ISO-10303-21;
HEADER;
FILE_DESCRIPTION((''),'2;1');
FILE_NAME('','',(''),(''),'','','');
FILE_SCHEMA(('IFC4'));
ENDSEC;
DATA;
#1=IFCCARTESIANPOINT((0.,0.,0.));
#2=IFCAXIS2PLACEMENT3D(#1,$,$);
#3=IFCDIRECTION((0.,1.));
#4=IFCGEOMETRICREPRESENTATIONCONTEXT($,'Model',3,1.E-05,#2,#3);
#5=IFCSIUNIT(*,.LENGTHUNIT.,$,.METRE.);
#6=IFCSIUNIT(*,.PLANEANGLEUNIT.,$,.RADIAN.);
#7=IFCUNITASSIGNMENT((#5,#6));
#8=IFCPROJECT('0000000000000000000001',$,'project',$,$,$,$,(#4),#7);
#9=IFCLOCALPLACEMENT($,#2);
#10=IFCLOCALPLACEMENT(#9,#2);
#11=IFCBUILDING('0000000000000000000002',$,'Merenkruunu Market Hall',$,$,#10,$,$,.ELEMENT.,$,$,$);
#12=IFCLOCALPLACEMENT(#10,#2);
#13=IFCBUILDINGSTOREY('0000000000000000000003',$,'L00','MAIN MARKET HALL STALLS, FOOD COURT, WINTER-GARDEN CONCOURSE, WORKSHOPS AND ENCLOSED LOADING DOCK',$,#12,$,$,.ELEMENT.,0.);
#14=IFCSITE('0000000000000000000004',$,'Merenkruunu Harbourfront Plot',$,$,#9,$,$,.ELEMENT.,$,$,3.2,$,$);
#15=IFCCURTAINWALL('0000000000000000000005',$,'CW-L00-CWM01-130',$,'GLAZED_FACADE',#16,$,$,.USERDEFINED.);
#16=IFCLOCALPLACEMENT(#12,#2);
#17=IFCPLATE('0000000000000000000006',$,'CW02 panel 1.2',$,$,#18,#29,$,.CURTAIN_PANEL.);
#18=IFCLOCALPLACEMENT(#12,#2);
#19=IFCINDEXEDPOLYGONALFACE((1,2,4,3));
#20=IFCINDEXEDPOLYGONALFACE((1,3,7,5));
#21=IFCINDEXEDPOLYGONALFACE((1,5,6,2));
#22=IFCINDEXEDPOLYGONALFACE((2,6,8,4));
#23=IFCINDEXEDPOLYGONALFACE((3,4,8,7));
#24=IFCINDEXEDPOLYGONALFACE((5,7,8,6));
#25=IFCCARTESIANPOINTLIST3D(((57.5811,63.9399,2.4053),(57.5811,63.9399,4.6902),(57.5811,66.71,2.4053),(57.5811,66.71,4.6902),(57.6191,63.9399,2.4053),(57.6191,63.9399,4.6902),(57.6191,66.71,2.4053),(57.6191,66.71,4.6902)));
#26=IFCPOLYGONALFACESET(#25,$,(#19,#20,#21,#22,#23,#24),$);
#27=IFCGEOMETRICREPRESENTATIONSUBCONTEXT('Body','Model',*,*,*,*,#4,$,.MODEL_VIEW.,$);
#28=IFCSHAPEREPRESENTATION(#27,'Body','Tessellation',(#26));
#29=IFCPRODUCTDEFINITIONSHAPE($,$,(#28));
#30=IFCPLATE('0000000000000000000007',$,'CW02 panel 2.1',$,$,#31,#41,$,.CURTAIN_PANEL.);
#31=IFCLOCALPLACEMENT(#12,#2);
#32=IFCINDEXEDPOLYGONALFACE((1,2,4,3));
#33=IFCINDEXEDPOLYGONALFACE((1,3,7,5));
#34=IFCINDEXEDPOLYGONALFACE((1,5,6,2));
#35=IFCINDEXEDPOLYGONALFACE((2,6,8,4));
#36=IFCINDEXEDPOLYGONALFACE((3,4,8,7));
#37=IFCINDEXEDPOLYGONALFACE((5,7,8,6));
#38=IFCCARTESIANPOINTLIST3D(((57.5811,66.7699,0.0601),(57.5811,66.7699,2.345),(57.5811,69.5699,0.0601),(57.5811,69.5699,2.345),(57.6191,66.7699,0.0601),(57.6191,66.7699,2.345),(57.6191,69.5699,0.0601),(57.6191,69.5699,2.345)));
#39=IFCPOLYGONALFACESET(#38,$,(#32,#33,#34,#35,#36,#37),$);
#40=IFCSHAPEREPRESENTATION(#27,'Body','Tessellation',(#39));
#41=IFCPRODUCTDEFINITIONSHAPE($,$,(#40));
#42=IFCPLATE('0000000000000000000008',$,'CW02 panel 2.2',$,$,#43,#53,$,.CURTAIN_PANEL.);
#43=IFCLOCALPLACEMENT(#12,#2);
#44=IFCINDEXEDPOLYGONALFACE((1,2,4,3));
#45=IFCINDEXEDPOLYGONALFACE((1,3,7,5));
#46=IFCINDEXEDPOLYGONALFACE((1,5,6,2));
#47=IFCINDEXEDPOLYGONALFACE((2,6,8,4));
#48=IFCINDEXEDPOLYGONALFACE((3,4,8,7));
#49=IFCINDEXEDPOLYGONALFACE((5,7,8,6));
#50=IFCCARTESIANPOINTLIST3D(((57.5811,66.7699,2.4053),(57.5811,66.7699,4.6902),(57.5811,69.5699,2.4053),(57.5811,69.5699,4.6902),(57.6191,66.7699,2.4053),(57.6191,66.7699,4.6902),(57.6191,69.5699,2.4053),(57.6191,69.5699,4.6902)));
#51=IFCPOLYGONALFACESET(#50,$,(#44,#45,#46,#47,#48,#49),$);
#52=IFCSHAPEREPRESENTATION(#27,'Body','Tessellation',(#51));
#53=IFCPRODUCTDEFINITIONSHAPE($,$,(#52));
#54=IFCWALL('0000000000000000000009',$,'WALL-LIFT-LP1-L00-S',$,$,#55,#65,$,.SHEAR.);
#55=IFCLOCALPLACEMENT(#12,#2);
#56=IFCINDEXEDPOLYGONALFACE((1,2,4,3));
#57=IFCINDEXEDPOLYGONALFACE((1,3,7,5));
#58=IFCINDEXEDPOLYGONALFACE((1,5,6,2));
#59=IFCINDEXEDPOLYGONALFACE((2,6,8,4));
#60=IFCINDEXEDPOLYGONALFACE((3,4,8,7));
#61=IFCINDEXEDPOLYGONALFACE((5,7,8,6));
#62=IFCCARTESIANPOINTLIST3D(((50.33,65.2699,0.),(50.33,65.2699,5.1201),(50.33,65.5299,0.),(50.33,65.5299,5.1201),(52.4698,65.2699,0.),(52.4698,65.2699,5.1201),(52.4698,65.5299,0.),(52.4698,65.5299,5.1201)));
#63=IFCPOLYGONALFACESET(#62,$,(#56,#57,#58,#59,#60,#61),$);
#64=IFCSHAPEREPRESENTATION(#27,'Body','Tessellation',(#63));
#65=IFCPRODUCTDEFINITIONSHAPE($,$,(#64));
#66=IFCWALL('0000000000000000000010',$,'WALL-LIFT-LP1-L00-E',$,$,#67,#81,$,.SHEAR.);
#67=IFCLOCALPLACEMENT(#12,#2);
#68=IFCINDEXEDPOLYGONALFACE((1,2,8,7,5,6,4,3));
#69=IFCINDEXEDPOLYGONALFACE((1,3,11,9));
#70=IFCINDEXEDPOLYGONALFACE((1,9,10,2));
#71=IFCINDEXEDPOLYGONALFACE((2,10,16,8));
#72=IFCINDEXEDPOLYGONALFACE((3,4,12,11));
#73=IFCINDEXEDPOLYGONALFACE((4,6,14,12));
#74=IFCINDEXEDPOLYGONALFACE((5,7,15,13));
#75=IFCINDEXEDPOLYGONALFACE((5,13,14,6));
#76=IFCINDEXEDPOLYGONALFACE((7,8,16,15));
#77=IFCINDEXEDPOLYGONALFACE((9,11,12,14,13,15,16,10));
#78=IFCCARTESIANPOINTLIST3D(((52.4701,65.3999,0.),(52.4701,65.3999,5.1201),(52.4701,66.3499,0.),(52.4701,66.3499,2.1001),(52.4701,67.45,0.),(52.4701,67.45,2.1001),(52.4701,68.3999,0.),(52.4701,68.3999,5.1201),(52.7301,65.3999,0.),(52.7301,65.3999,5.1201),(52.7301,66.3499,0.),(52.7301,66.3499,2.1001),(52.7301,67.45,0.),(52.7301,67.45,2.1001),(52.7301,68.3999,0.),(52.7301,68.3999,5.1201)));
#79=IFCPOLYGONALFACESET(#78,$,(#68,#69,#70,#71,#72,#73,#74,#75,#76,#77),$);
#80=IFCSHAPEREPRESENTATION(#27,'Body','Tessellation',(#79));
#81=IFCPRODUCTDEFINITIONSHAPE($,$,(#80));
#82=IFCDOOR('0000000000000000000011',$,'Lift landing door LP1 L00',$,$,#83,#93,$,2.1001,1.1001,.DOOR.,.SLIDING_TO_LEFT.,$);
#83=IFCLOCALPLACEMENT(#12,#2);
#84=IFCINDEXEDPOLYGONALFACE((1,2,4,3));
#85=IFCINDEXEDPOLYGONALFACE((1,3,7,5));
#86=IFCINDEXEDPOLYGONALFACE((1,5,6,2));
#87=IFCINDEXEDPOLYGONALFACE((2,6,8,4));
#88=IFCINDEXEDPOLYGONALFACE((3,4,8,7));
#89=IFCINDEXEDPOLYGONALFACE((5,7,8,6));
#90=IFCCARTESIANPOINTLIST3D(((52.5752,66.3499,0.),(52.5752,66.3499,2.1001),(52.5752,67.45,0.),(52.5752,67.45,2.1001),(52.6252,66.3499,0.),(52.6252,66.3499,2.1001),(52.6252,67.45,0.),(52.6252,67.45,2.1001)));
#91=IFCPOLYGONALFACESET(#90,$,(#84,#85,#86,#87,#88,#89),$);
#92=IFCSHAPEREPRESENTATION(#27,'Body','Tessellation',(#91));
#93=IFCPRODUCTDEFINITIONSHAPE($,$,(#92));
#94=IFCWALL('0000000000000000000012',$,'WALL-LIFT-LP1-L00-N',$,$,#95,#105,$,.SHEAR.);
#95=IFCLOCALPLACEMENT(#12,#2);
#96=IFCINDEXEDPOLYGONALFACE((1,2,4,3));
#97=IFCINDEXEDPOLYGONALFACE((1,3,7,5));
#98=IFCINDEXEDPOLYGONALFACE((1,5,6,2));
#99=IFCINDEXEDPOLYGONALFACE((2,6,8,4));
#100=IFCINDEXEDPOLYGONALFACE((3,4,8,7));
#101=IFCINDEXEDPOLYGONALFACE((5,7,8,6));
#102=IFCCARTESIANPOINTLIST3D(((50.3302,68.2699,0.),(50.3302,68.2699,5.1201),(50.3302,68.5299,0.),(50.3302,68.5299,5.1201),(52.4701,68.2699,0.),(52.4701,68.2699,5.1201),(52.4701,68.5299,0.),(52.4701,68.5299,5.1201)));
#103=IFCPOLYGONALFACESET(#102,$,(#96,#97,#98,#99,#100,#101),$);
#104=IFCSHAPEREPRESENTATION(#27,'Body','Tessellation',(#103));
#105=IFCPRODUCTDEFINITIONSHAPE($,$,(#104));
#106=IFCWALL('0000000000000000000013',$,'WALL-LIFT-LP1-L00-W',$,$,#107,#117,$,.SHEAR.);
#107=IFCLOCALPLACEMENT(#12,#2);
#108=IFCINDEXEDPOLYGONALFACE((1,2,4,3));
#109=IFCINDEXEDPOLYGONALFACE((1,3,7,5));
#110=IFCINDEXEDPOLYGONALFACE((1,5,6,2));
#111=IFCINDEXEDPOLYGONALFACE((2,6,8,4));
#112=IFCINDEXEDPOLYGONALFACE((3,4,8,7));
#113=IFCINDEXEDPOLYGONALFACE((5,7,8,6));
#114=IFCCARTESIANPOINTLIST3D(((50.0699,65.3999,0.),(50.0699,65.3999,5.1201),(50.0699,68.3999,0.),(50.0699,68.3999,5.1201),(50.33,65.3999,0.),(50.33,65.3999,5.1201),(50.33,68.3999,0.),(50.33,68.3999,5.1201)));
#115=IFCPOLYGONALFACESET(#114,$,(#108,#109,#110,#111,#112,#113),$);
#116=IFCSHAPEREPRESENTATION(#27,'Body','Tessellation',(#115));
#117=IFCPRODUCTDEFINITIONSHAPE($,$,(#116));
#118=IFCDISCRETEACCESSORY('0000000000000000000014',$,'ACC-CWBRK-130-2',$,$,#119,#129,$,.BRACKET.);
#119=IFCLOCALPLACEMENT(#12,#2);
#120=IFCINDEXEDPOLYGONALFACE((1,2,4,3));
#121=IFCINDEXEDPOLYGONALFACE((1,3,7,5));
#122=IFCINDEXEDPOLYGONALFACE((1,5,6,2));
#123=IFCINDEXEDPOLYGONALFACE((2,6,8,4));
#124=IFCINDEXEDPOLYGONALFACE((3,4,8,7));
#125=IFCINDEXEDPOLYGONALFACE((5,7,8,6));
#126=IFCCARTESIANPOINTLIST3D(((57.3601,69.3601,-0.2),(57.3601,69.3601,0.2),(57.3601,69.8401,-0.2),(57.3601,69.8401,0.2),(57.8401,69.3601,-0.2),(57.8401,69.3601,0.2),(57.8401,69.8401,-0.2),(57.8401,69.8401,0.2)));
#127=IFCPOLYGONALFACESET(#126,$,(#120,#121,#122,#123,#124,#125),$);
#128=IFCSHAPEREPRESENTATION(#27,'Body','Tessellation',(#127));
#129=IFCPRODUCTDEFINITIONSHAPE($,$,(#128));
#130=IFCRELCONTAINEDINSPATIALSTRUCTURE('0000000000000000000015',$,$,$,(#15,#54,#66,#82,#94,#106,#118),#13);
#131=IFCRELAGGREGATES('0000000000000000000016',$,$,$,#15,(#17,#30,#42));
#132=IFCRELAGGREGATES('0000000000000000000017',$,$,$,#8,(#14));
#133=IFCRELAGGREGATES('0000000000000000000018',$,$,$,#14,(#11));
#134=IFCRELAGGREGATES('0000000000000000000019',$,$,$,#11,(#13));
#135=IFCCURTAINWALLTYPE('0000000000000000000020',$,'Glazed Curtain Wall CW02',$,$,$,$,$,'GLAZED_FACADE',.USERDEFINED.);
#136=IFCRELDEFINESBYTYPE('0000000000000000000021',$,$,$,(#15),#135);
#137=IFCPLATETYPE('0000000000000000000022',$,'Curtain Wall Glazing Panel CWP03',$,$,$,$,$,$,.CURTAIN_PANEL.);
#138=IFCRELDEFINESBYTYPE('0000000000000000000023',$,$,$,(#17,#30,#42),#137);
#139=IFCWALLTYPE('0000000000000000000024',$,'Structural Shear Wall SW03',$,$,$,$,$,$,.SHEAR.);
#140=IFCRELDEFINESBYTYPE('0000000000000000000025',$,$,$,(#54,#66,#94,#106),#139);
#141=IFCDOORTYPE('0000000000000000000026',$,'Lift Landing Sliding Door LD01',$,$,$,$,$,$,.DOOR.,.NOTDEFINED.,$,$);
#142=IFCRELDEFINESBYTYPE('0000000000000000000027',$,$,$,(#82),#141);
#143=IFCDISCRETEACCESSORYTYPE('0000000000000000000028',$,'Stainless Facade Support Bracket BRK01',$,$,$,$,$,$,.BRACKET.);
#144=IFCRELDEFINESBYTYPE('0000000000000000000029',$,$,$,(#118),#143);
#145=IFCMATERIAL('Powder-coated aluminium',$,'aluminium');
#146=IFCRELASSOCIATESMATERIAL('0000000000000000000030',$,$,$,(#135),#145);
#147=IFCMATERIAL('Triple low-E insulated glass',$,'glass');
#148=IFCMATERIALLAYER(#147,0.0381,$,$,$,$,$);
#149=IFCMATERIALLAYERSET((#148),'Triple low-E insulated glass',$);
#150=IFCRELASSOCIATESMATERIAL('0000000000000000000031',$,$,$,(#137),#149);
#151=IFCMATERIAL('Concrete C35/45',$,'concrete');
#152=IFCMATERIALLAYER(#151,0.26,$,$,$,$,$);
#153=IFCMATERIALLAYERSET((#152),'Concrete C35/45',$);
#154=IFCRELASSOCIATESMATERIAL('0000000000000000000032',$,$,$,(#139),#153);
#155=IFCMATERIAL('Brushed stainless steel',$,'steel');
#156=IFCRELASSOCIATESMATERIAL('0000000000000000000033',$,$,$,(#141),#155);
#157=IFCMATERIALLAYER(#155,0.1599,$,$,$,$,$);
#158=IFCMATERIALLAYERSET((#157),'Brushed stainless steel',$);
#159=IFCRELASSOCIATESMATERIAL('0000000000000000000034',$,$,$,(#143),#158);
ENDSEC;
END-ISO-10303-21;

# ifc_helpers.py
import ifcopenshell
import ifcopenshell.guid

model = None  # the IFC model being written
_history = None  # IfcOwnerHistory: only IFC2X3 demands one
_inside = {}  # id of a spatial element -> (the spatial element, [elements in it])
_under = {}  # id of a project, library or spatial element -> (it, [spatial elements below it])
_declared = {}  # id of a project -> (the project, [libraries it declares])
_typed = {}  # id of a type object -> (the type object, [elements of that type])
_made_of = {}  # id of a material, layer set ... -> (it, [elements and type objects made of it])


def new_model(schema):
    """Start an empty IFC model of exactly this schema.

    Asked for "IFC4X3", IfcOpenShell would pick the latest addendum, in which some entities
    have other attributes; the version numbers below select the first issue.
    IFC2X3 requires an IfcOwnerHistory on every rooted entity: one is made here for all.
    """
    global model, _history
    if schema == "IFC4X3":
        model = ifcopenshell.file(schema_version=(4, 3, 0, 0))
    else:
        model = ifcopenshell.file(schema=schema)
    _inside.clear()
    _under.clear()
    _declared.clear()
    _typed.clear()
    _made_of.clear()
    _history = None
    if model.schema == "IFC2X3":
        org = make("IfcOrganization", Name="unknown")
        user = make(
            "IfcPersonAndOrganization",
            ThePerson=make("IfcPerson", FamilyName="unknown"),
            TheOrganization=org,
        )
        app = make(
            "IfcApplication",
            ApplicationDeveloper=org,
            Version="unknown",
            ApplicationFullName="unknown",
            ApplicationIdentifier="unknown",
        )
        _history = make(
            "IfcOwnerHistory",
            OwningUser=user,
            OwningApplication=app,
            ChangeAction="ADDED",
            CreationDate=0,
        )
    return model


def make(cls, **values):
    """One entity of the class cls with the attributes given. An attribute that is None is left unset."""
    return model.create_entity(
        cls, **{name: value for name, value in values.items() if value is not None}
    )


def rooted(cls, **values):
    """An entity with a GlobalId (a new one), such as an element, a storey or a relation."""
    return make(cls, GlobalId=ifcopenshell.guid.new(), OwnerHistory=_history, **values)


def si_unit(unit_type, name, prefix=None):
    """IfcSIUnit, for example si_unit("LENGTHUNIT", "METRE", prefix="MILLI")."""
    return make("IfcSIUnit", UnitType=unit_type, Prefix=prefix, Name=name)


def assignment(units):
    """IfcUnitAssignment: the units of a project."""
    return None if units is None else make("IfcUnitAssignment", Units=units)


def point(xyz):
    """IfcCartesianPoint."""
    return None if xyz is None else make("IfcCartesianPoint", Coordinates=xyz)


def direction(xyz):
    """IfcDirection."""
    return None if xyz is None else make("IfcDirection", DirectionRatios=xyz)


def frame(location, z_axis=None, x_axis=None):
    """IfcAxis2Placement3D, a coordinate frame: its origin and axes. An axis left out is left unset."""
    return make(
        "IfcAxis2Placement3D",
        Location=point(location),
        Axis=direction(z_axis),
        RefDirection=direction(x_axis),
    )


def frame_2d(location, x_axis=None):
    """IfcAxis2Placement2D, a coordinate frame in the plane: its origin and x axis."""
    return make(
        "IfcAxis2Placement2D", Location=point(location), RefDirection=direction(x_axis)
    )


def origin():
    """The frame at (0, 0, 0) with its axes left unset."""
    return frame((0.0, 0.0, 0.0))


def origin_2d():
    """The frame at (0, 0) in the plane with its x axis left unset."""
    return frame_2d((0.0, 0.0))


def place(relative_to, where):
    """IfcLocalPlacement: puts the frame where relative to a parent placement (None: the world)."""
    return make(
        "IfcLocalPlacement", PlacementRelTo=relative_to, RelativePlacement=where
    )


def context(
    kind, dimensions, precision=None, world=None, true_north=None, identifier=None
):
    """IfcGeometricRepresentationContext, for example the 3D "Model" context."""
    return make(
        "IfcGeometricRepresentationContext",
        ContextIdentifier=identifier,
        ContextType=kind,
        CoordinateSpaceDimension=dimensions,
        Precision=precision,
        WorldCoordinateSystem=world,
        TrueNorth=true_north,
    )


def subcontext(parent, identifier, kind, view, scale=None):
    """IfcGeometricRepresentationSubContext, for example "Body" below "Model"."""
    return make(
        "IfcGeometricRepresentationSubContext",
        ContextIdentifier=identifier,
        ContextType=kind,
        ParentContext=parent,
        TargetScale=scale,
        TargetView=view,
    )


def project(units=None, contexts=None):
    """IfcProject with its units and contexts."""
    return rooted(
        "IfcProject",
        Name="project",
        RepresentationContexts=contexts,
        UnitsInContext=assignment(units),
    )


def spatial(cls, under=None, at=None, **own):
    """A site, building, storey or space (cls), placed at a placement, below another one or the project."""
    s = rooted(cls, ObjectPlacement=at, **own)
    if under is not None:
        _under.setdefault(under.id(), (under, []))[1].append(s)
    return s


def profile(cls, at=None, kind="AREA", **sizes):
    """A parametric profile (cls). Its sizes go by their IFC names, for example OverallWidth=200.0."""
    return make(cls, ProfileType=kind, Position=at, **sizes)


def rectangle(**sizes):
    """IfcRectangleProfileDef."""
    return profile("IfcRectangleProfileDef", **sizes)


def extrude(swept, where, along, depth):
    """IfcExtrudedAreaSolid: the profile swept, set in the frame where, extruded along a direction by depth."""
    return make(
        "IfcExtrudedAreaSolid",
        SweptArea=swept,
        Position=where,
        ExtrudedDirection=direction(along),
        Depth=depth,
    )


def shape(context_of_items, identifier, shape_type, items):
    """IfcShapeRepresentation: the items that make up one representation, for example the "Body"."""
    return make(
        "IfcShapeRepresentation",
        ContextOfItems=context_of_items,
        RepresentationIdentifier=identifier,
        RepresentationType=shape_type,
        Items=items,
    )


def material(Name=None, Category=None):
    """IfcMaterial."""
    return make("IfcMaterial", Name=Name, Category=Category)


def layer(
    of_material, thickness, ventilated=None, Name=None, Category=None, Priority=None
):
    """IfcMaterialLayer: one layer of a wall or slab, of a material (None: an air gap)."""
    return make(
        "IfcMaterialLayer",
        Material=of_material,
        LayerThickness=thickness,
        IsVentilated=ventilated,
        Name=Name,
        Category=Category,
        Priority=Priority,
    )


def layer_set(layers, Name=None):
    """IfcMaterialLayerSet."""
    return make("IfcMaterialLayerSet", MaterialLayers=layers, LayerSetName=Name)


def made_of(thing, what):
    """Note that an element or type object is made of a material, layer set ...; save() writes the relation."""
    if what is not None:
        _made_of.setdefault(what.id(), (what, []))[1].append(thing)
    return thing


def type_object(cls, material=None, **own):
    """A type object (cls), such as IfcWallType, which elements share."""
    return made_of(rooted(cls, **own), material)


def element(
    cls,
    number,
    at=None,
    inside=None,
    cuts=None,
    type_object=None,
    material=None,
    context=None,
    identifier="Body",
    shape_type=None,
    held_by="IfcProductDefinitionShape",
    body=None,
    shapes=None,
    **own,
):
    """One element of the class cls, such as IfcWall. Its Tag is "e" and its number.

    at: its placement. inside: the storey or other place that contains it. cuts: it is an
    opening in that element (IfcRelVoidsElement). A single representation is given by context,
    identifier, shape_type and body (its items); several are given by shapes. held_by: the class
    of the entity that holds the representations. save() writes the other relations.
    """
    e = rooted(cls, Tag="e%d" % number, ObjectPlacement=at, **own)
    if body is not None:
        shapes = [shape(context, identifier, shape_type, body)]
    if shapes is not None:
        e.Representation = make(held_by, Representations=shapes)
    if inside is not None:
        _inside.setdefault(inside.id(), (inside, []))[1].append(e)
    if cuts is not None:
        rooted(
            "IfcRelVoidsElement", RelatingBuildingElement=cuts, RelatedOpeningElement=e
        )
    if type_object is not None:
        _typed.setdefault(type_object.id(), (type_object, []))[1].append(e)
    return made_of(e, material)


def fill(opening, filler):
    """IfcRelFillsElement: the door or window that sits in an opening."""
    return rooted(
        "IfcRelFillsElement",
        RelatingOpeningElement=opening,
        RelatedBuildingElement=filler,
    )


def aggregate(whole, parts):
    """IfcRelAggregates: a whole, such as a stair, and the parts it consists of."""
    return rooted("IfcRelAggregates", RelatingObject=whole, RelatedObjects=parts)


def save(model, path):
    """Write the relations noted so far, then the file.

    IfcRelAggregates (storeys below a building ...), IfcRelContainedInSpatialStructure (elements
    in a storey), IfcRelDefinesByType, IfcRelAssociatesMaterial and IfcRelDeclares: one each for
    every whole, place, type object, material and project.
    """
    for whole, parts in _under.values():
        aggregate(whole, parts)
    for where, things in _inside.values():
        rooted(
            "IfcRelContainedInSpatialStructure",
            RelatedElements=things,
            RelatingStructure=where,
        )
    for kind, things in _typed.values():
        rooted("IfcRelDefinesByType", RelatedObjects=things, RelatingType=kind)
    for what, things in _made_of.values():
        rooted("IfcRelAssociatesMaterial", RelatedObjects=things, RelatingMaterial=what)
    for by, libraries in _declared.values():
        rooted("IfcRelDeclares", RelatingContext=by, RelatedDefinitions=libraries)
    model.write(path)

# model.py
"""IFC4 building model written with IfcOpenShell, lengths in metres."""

from ifc_helpers import new_model, si_unit, direction, frame, frame_2d, origin, origin_2d, place, context, subcontext, project, spatial, rectangle, extrude, material, layer, layer_set, type_object, element, fill, aggregate, save


model = new_model("IFC4")

# Units and contexts
model_context = context("Model", 3, precision=1e-05, world=origin(), true_north=direction((0.0, 1.0)))
body_context = subcontext(model_context, "Body", "Model", "MODEL_VIEW")
ifc_project = project(units=[si_unit("LENGTHUNIT", "METRE"), si_unit("PLANEANGLEUNIT", "RADIAN")], contexts=[model_context])

# Site, building, storey
site_placement = place(None, origin())
site = spatial("IfcSite", under=ifc_project, at=site_placement, Name="Merenkruunu Harbourfront Plot", CompositionType="ELEMENT", RefElevation=3.2)
building_placement = place(site_placement, origin())
building = spatial("IfcBuilding", under=site, at=building_placement, Name="Merenkruunu Market Hall", CompositionType="ELEMENT")
storey_placement = place(building_placement, origin())
storey = spatial("IfcBuildingStorey", under=building, at=storey_placement, Name="L00", Description="MAIN MARKET HALL STALLS, FOOD COURT, WINTER-GARDEN CONCOURSE, WORKSHOPS AND ENCLOSED LOADING DOCK", CompositionType="ELEMENT", Elevation=0.0)

# Curtain wall, plates
ifc_material_1 = material(Name="Powder-coated aluminium", Category="aluminium")
curtain_wall_type = type_object("IfcCurtainWallType", Name="Glazed Curtain Wall CW02", ElementType="GLAZED_FACADE", PredefinedType="USERDEFINED", material=ifc_material_1)
curtain_wall_placement = place(storey_placement, origin())
curtain_wall = element("IfcCurtainWall", 1, at=curtain_wall_placement, inside=storey, type_object=curtain_wall_type, Name="CW-L00-CWM01-130", ObjectType="GLAZED_FACADE", PredefinedType="USERDEFINED")
ifc_material_2 = material(Name="Triple low-E insulated glass", Category="glass")
ifc_layer_1 = layer(ifc_material_2, 0.0381)
ifc_layer_set_1 = layer_set([ifc_layer_1], Name="Triple low-E insulated glass")
plate_type = type_object("IfcPlateType", Name="Curtain Wall Glazing Panel CWP03", PredefinedType="CURTAIN_PANEL", material=ifc_layer_set_1)
plate_1_placement = place(storey_placement, frame((57.6001, 65.325, 2.4053), z_axis=(0.0, 0.0, 1.0), x_axis=(0.0, 1.0, 0.0)))
plate_1 = element("IfcPlate", 2, at=plate_1_placement, type_object=plate_type, Name="CW02 panel 1.2", PredefinedType="CURTAIN_PANEL", context=body_context, shape_type="SweptSolid", body=[
    extrude(rectangle(XDim=2.77, YDim=0.0381, at=origin_2d()), origin(), (0.0, 0.0, 1.0), 2.2849),
])
plate_2_placement = place(storey_placement, frame((57.6001, 68.1699, 0.0601), z_axis=(0.0, 0.0, 1.0), x_axis=(0.0, 1.0, 0.0)))
plate_2 = element("IfcPlate", 3, at=plate_2_placement, type_object=plate_type, Name="CW02 panel 2.1", PredefinedType="CURTAIN_PANEL", context=body_context, shape_type="SweptSolid", body=[
    extrude(rectangle(XDim=2.8, YDim=0.0381, at=origin_2d()), origin(), (0.0, 0.0, 1.0), 2.2849),
])
plate_3_placement = place(storey_placement, frame((57.6001, 68.1699, 2.4053), z_axis=(0.0, 0.0, 1.0), x_axis=(0.0, 1.0, 0.0)))
plate_3 = element("IfcPlate", 4, at=plate_3_placement, type_object=plate_type, Name="CW02 panel 2.2", PredefinedType="CURTAIN_PANEL", context=body_context, shape_type="SweptSolid", body=[
    extrude(rectangle(XDim=2.8, YDim=0.0381, at=origin_2d()), origin(), (0.0, 0.0, 1.0), 2.2849),
])
aggregate(curtain_wall, [plate_1, plate_2, plate_3])

# Wall
ifc_material_3 = material(Name="Concrete C35/45", Category="concrete")
ifc_layer_2 = layer(ifc_material_3, 0.26)
ifc_layer_set_2 = layer_set([ifc_layer_2], Name="Concrete C35/45")
wall_type = type_object("IfcWallType", Name="Structural Shear Wall SW03", PredefinedType="SHEAR", material=ifc_layer_set_2)
wall_1_placement = place(storey_placement, frame((50.3301, 65.3999, 0.0), z_axis=(0.0, 0.0, 1.0), x_axis=(1.0, 0.0, 0.0)))
element("IfcWall", 5, at=wall_1_placement, inside=storey, type_object=wall_type, Name="WALL-LIFT-LP1-L00-S", PredefinedType="SHEAR", context=body_context, shape_type="SweptSolid", body=[
    extrude(rectangle(XDim=2.1399, YDim=0.26, at=frame_2d((1.0698, 0.0))), origin(), (0.0, 0.0, 1.0), 5.1201),
])

# Wall, opening, door
wall_2_placement = place(storey_placement, frame((52.6001, 65.3999, 0.0), z_axis=(0.0, 0.0, 1.0), x_axis=(0.0, 1.0, 0.0)))
wall_2 = element("IfcWall", 6, at=wall_2_placement, inside=storey, type_object=wall_type, Name="WALL-LIFT-LP1-L00-E", PredefinedType="SHEAR", context=body_context, shape_type="SweptSolid", body=[
    extrude(rectangle(XDim=3.0, YDim=0.26, at=frame_2d((1.5, 0.0))), origin(), (0.0, 0.0, 1.0), 5.1201),
])
opening_placement = place(wall_2_placement, frame((0.95, 0.0, 0.0)))
opening = element("IfcOpeningElement", 7, at=opening_placement, cuts=wall_2, PredefinedType="OPENING", context=body_context, shape_type="SweptSolid", body=[
    extrude(rectangle(XDim=1.1001, YDim=2.1001, at=frame_2d((0.55, 1.05))), frame((0.0, 0.1401, 0.0), z_axis=(0.0, -1.0, 0.0), x_axis=(1.0, 0.0, 0.0)), (0.0, 0.0, 1.0), 0.28),
])
ifc_material_4 = material(Name="Brushed stainless steel", Category="steel")
door_type = type_object("IfcDoorType", Name="Lift Landing Sliding Door LD01", OperationType="NOTDEFINED", PredefinedType="DOOR", material=ifc_material_4)
door_placement = place(opening_placement, origin())
door = element("IfcDoor", 8, at=door_placement, inside=storey, type_object=door_type, Name="Lift landing door LP1 L00", OperationType="SLIDING_TO_LEFT", OverallHeight=2.1001, OverallWidth=1.1001, PredefinedType="DOOR", context=body_context, shape_type="SweptSolid", body=[
    extrude(rectangle(XDim=1.1001, YDim=2.1001, at=frame_2d((0.55, 1.05))), frame((0.0, 0.0249, 0.0), z_axis=(0.0, -1.0, 0.0), x_axis=(1.0, 0.0, 0.0)), (0.0, 0.0, 1.0), 0.05),
])
fill(opening, door)

# Walls
wall_3_placement = place(storey_placement, frame((52.47, 68.3999, 0.0), z_axis=(0.0, 0.0, 1.0), x_axis=(-1.0, 0.0, 0.0)))
element("IfcWall", 9, at=wall_3_placement, inside=storey, type_object=wall_type, Name="WALL-LIFT-LP1-L00-N", PredefinedType="SHEAR", context=body_context, shape_type="SweptSolid", body=[
    extrude(rectangle(XDim=2.1399, YDim=0.26, at=frame_2d((1.0698, 0.0))), origin(), (0.0, 0.0, 1.0), 5.1201),
])
wall_4_placement = place(storey_placement, frame((50.2, 68.3999, 0.0), z_axis=(0.0, 0.0, 1.0), x_axis=(0.0, -1.0, 0.0)))
element("IfcWall", 10, at=wall_4_placement, inside=storey, type_object=wall_type, Name="WALL-LIFT-LP1-L00-W", PredefinedType="SHEAR", context=body_context, shape_type="SweptSolid", body=[
    extrude(rectangle(XDim=3.0, YDim=0.26, at=frame_2d((1.5, 0.0))), origin(), (0.0, 0.0, 1.0), 5.1201),
])

# Discrete accessory
ifc_layer_3 = layer(ifc_material_4, 0.1599)
ifc_layer_set_3 = layer_set([ifc_layer_3], Name="Brushed stainless steel")
discrete_accessory_type = type_object("IfcDiscreteAccessoryType", Name="Stainless Facade Support Bracket BRK01", PredefinedType="BRACKET", material=ifc_layer_set_3)
discrete_accessory_placement = place(storey_placement, frame((57.6001, 69.6001, -0.2), z_axis=(0.0, 0.0, 1.0), x_axis=(1.0, 0.0, 0.0)))
element("IfcDiscreteAccessory", 11, at=discrete_accessory_placement, inside=storey, type_object=discrete_accessory_type, Name="ACC-CWBRK-130-2", PredefinedType="BRACKET", context=body_context, shape_type="SweptSolid", body=[
    extrude(rectangle(XDim=0.48, YDim=0.48, at=origin_2d()), origin(), (0.0, 0.0, 1.0), 0.3999),
])

save(model, "model.ifc")
